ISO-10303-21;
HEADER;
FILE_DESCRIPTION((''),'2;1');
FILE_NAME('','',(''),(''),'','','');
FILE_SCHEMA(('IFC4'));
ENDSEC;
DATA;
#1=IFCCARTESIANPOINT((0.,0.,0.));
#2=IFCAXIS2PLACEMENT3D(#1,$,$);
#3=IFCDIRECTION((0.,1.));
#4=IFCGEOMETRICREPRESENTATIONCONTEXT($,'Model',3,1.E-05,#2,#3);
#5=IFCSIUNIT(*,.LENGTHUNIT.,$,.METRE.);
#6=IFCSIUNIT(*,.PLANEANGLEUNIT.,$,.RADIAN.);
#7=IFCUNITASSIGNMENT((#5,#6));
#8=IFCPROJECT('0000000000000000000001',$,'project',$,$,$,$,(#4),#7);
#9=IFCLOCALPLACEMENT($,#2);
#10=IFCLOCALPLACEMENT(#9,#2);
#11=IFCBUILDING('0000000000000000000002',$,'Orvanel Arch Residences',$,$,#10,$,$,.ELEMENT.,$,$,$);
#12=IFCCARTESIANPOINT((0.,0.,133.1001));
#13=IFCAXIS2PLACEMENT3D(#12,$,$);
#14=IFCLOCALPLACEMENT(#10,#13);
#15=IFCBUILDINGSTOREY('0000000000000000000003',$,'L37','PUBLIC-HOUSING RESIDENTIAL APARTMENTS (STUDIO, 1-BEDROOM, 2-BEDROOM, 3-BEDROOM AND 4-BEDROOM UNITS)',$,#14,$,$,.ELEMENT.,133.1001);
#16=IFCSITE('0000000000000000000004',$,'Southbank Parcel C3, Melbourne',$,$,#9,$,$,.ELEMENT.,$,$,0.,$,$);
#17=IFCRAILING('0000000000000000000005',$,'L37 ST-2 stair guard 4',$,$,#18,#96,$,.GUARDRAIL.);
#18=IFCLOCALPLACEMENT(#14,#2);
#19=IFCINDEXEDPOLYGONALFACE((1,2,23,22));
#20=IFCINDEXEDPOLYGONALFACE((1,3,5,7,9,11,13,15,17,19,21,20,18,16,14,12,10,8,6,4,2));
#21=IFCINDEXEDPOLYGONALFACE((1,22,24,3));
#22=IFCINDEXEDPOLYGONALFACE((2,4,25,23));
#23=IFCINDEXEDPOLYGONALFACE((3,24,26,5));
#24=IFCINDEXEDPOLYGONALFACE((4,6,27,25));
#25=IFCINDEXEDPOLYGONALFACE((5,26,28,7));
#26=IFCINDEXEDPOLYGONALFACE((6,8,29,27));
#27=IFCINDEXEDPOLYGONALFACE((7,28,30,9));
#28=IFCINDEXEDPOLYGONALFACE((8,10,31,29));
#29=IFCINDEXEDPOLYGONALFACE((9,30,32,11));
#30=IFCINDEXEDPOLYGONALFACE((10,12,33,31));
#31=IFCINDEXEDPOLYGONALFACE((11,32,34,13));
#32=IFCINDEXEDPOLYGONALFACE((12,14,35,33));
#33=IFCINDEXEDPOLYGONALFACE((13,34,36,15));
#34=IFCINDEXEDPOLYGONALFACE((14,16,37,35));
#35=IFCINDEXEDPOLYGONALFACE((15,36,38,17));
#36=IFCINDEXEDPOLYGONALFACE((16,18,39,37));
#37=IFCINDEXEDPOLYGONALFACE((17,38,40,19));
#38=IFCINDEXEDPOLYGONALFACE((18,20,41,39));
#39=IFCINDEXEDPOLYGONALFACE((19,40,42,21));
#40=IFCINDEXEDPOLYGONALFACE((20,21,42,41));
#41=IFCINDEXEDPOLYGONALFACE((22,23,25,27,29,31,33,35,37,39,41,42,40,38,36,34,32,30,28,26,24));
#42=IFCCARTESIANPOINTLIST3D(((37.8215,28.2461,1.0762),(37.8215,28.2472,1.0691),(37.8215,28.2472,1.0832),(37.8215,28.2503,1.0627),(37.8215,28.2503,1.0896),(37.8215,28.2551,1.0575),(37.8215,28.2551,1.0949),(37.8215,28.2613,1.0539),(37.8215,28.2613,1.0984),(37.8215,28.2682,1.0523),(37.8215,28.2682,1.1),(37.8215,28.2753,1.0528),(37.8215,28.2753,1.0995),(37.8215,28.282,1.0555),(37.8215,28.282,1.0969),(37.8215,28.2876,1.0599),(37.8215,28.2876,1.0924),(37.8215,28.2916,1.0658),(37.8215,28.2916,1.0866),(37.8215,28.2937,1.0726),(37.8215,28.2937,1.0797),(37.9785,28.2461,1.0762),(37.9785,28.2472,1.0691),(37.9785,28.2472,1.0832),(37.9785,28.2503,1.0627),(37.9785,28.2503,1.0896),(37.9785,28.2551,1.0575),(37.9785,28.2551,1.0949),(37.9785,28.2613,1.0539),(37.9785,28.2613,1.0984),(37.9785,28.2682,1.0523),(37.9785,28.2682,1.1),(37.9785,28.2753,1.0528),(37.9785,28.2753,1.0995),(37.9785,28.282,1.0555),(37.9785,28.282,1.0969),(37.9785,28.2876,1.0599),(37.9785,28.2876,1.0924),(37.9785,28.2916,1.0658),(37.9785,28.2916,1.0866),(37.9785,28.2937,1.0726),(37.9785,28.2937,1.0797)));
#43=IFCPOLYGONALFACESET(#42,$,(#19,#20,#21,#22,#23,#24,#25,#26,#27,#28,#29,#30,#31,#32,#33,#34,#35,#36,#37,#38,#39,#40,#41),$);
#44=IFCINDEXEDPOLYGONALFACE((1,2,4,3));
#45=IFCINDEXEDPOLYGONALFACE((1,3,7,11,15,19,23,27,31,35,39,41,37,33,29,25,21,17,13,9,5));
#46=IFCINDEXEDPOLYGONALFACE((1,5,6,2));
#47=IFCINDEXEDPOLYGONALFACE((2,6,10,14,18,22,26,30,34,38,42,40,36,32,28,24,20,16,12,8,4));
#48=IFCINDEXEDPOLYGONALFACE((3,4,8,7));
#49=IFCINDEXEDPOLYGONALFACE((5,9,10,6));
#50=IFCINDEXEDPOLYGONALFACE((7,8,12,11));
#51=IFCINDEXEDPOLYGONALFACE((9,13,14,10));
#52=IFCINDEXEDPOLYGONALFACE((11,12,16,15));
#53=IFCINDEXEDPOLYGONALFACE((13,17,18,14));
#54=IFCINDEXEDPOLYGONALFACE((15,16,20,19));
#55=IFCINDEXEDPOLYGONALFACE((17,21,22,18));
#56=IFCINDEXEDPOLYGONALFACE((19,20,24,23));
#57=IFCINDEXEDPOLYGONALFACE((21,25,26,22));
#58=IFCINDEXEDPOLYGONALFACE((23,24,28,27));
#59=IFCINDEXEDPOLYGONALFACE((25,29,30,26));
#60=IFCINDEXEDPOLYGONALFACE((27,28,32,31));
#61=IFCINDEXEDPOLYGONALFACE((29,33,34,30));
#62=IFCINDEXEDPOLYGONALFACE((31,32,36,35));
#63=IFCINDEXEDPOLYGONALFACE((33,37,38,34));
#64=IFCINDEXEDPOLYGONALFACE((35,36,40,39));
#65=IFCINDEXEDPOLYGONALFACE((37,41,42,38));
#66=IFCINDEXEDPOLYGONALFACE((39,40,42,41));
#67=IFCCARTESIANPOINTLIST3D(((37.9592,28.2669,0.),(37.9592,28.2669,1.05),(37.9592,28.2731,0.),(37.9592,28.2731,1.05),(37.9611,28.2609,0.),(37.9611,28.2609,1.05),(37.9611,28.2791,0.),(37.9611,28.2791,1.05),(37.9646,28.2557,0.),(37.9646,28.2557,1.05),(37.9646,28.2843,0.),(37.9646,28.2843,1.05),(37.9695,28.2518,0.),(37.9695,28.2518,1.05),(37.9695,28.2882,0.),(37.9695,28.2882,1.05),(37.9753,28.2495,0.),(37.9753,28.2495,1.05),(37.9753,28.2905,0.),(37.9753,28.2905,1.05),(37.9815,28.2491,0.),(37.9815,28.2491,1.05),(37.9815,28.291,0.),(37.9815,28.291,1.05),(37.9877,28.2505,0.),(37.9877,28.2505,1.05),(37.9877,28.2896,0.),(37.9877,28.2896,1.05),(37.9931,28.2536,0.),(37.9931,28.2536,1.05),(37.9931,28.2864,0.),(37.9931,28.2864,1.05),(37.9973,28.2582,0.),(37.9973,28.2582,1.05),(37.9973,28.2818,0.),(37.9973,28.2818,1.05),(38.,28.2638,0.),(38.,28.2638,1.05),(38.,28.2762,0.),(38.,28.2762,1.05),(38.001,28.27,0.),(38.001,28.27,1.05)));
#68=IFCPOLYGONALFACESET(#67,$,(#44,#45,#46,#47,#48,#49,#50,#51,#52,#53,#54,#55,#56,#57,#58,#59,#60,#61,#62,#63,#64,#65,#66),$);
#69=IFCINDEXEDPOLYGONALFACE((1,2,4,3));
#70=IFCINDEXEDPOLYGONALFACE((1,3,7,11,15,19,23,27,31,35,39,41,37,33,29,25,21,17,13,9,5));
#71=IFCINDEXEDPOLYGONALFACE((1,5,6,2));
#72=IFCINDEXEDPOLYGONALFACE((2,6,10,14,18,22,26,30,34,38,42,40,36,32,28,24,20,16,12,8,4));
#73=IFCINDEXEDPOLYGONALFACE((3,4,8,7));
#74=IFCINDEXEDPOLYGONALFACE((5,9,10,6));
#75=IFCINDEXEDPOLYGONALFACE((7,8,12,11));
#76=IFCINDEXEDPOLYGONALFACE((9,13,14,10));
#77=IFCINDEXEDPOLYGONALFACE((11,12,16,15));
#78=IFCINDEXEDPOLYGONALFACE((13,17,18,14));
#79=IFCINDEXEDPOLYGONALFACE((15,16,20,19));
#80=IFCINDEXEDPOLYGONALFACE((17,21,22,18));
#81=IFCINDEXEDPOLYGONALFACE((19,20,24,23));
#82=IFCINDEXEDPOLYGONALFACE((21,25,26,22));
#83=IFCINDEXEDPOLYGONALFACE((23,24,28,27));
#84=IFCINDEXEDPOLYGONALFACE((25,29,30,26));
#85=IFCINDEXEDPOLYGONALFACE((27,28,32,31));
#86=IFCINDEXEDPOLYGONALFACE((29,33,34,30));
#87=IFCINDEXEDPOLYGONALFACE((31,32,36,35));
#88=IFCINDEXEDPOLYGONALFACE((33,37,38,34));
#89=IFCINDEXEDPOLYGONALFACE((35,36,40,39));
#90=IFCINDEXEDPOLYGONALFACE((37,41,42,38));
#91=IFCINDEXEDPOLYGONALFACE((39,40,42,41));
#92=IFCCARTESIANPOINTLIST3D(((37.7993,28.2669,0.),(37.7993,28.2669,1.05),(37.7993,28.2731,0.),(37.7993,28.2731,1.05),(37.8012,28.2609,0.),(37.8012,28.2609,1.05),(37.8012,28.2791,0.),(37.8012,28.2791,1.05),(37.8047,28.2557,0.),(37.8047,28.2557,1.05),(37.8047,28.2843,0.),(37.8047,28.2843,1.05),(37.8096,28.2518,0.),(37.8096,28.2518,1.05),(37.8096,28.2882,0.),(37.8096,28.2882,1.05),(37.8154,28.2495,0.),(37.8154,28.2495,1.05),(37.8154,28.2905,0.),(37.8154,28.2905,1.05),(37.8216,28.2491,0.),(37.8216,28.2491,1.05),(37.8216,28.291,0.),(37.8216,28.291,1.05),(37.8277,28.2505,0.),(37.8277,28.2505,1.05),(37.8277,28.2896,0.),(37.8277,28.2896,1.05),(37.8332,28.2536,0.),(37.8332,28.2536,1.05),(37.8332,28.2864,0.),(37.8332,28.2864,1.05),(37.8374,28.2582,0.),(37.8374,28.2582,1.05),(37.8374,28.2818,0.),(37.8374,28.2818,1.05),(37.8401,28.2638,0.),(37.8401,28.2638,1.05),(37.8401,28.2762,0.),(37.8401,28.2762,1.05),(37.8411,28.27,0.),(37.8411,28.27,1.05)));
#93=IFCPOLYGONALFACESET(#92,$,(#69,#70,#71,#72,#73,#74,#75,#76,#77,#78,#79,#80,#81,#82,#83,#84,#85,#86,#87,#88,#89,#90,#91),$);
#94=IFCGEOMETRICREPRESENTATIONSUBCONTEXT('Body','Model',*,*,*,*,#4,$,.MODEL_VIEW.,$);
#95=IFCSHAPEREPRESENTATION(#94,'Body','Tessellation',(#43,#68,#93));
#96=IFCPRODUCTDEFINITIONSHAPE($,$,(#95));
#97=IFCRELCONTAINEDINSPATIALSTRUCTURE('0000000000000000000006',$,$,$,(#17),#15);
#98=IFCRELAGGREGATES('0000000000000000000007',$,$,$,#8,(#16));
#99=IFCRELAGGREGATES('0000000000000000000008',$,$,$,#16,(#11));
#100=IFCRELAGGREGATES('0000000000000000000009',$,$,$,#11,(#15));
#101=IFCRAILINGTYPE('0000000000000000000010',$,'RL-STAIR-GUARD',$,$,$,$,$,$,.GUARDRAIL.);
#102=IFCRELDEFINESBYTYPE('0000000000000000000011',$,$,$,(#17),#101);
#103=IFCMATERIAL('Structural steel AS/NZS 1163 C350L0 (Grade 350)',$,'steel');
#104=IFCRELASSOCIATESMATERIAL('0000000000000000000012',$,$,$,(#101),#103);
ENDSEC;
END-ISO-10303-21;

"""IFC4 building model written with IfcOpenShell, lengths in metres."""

from ifc_helpers import new_model, si_unit, direction, frame, origin, origin_2d, place, context, subcontext, project, spatial, circle, extrude, material, type_object, element, save


model = new_model("IFC4")

# Units and contexts
model_context = context("Model", 3, precision=1e-05, world=origin(), true_north=direction((0.0, 1.0)))
body_context = subcontext(model_context, "Body", "Model", "MODEL_VIEW")
ifc_project = project(units=[si_unit("LENGTHUNIT", "METRE"), si_unit("PLANEANGLEUNIT", "RADIAN")], contexts=[model_context])

# Site, building, storey
site_placement = place(None, origin())
site = spatial("IfcSite", under=ifc_project, at=site_placement, Name="Southbank Parcel C3, Melbourne", CompositionType="ELEMENT", RefElevation=0.0)
building_placement = place(site_placement, origin())
building = spatial("IfcBuilding", under=site, at=building_placement, Name="Orvanel Arch Residences", CompositionType="ELEMENT")
storey_placement = place(building_placement, frame((0.0, 0.0, 133.1001)))
storey = spatial("IfcBuildingStorey", under=building, at=storey_placement, Name="L37", Description="PUBLIC-HOUSING RESIDENTIAL APARTMENTS (STUDIO, 1-BEDROOM, 2-BEDROOM, 3-BEDROOM AND 4-BEDROOM UNITS)", CompositionType="ELEMENT", Elevation=133.1001)

# Railing
ifc_material_1 = material(Name="Structural steel AS/NZS 1163 C350L0 (Grade 350)", Category="steel")
railing_type_1 = type_object("IfcRailingType", Name="RL-STAIR-GUARD", PredefinedType="GUARDRAIL", material=ifc_material_1)
railing_1_placement = place(storey_placement, frame((37.98, 28.27, 0.0)))
element("IfcRailing", 1, at=railing_1_placement, inside=storey, type_object=railing_type_1, Name="L37 ST-2 stair guard 4", PredefinedType="GUARDRAIL", context=body_context, shape_type="SweptSolid", body=[
    extrude(circle(Radius=0.0239, at=origin_2d()), frame((-0.0015, 0.0, 1.0762), z_axis=(-1.0, 0.0, 0.0), x_axis=(0.0, -1.0, 0.0)), (0.0, 0.0, 1.0), 0.157),
    extrude(circle(Radius=0.021, at=origin_2d()), origin(), (0.0, 0.0, 1.0), 1.05),
    extrude(circle(Radius=0.021, at=origin_2d()), frame((-0.1599, 0.0, 0.0)), (0.0, 0.0, 1.0), 1.05),
])

save(model, "model.ifc")
